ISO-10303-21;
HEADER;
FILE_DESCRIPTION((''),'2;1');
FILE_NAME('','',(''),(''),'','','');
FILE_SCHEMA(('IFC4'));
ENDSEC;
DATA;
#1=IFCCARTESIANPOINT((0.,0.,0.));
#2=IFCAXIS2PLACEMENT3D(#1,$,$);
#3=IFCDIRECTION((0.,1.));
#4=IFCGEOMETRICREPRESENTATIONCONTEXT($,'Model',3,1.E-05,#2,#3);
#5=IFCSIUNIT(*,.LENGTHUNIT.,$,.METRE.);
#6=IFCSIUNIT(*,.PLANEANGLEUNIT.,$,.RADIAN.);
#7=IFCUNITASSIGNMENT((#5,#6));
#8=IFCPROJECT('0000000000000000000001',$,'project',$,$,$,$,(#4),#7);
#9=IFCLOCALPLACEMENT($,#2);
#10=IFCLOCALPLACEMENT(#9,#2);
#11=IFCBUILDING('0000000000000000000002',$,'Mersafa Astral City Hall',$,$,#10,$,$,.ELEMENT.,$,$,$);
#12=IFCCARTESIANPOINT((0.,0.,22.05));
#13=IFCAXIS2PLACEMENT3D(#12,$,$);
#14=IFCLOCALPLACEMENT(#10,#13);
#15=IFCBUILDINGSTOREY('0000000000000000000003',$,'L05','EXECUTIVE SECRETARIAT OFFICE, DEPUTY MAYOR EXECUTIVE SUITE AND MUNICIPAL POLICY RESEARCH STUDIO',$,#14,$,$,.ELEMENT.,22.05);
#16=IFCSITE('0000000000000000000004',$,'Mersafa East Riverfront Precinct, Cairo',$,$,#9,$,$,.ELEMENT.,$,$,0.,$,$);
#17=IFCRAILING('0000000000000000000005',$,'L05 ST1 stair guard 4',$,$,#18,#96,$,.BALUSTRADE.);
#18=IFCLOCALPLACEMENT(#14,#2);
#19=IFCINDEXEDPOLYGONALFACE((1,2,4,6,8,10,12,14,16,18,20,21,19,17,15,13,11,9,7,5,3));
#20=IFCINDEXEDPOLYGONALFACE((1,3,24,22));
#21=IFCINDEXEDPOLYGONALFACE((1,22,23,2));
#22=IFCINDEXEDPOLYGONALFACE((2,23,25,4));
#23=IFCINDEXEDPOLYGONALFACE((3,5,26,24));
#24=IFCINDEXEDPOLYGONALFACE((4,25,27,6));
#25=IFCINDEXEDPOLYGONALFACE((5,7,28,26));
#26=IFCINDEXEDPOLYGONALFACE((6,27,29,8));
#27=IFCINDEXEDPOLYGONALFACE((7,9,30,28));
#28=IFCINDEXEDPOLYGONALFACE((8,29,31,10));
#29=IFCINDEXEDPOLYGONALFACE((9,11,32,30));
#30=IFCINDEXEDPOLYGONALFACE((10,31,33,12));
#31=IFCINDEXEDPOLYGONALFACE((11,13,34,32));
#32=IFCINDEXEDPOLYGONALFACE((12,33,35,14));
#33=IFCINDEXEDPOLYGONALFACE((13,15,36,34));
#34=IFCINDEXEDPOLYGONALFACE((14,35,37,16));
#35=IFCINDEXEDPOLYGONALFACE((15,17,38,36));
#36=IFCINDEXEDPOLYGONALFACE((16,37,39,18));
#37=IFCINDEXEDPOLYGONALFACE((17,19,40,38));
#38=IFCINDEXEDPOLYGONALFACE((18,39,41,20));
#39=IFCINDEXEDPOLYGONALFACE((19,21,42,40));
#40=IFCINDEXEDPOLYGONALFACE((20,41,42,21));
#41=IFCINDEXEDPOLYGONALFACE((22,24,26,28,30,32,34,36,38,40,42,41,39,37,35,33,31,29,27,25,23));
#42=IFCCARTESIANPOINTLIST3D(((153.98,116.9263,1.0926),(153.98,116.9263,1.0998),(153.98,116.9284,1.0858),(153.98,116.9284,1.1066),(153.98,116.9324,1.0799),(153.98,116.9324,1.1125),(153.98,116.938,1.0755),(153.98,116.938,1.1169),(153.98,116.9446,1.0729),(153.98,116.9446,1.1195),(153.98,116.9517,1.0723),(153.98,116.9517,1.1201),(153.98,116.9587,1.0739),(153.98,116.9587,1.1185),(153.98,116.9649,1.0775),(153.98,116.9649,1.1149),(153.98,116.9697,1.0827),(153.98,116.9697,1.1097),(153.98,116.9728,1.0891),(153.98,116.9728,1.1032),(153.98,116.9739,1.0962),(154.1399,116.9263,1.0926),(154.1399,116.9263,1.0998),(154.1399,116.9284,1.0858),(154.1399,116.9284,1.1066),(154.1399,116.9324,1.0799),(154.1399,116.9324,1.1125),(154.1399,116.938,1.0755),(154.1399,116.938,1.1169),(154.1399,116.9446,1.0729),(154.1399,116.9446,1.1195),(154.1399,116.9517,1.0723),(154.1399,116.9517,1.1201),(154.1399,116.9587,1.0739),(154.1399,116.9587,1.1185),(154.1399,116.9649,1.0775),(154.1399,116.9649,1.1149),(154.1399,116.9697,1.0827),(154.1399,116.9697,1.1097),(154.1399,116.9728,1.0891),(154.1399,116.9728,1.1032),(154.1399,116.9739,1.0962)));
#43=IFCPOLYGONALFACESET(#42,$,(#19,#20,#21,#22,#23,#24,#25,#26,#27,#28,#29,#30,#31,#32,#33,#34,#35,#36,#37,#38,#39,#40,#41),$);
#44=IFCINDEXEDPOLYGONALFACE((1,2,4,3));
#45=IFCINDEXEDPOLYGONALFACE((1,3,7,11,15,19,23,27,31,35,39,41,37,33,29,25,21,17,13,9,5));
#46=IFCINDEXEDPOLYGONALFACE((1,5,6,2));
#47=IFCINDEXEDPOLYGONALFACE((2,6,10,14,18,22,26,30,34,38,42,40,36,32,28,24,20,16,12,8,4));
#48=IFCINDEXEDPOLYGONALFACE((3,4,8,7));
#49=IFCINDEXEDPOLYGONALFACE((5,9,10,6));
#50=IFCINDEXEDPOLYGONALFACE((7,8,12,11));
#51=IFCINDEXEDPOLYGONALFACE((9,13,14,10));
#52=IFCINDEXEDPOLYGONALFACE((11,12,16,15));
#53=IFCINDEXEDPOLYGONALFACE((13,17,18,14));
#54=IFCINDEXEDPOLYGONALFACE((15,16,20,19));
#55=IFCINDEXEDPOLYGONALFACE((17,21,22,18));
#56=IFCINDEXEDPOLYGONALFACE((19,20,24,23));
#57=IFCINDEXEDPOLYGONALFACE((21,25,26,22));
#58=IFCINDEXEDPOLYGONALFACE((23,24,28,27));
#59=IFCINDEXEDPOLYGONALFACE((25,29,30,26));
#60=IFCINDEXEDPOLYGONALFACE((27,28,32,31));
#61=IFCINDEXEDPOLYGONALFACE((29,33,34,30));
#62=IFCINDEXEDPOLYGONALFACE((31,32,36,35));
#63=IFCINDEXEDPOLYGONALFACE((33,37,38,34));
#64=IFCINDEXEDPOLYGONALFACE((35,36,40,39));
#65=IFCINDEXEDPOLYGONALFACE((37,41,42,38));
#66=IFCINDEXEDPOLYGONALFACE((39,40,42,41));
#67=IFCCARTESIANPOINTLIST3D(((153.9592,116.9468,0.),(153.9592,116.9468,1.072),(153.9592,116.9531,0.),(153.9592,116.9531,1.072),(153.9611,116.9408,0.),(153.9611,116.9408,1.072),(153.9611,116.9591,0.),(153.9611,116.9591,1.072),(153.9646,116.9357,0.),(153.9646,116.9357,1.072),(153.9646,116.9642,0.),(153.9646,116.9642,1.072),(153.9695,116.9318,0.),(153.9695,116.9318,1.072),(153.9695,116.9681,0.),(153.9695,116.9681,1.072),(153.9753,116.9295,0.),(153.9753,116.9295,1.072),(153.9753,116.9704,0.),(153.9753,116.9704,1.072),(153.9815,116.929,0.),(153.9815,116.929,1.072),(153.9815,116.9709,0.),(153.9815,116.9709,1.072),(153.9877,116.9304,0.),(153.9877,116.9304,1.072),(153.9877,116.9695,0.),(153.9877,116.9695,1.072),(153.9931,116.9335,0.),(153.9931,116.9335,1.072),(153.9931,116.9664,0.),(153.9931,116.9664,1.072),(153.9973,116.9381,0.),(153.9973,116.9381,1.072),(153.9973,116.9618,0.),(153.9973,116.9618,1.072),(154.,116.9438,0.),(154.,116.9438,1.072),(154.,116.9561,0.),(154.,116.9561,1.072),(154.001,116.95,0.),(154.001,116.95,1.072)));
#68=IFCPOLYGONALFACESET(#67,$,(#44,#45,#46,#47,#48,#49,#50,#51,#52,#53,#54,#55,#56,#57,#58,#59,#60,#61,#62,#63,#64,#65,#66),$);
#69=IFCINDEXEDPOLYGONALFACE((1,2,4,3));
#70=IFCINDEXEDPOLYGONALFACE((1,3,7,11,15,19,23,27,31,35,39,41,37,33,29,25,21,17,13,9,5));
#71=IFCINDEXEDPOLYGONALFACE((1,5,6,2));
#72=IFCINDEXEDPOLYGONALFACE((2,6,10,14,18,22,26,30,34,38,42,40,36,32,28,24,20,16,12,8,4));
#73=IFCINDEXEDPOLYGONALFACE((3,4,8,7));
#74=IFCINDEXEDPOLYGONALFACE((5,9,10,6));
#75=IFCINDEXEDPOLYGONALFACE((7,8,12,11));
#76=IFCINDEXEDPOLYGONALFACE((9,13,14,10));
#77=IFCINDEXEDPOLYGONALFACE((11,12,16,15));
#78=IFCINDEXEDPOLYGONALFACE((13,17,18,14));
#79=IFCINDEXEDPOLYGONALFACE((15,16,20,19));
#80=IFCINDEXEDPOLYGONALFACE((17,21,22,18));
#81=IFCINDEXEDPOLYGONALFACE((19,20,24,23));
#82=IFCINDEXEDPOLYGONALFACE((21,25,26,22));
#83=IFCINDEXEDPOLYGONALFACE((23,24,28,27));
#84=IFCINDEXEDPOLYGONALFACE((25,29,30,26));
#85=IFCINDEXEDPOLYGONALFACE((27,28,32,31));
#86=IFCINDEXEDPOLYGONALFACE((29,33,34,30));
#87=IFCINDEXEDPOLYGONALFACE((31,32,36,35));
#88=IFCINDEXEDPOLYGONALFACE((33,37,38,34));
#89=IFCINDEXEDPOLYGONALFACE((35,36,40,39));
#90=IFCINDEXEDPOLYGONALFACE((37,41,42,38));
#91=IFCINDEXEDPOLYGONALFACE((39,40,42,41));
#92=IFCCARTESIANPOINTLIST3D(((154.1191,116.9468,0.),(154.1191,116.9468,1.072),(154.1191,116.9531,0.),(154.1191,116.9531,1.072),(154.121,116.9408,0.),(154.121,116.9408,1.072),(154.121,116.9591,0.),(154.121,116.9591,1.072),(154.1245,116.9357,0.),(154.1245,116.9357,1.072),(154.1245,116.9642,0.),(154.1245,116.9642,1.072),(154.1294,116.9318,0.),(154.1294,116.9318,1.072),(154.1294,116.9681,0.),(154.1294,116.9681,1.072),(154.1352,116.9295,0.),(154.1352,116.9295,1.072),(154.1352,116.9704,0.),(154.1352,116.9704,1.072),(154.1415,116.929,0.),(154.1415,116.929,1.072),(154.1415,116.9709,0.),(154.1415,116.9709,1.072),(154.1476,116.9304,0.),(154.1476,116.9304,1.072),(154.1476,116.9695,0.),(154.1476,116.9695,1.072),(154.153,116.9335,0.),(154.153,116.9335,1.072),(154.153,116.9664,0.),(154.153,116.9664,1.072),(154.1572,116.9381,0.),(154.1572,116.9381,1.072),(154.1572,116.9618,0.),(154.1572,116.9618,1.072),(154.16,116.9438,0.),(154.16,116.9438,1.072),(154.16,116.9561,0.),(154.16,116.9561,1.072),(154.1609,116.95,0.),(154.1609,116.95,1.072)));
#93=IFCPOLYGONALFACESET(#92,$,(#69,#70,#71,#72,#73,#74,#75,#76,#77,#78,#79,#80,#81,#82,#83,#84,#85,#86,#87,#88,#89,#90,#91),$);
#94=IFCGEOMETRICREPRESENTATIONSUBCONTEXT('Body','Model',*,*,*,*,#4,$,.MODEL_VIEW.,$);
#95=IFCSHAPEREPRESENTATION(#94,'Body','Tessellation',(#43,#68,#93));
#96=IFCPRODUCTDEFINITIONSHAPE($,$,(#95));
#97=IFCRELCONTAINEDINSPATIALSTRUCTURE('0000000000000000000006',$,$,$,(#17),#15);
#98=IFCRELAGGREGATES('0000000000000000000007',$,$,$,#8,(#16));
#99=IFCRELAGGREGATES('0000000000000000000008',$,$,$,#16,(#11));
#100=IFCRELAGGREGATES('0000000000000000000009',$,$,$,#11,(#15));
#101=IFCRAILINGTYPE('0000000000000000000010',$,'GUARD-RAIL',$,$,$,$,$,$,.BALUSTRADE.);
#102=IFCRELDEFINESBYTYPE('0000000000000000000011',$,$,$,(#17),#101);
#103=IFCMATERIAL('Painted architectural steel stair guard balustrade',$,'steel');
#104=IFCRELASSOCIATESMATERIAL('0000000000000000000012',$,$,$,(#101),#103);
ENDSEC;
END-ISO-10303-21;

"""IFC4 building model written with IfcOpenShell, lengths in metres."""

from ifc_helpers import new_model, si_unit, direction, frame, origin, origin_2d, place, context, subcontext, project, spatial, circle, extrude, material, type_object, element, save


model = new_model("IFC4")

# Units and contexts
model_context = context("Model", 3, precision=1e-05, world=origin(), true_north=direction((0.0, 1.0)))
body_context = subcontext(model_context, "Body", "Model", "MODEL_VIEW")
ifc_project = project(units=[si_unit("LENGTHUNIT", "METRE"), si_unit("PLANEANGLEUNIT", "RADIAN")], contexts=[model_context])

# Site, building, storey
site_placement = place(None, origin())
site = spatial("IfcSite", under=ifc_project, at=site_placement, Name="Mersafa East Riverfront Precinct, Cairo", CompositionType="ELEMENT", RefElevation=0.0)
building_placement = place(site_placement, origin())
building = spatial("IfcBuilding", under=site, at=building_placement, Name="Mersafa Astral City Hall", CompositionType="ELEMENT")
storey_placement = place(building_placement, frame((0.0, 0.0, 22.05)))
storey = spatial("IfcBuildingStorey", under=building, at=storey_placement, Name="L05", Description="EXECUTIVE SECRETARIAT OFFICE, DEPUTY MAYOR EXECUTIVE SUITE AND MUNICIPAL POLICY RESEARCH STUDIO", CompositionType="ELEMENT", Elevation=22.05)

# Railing
ifc_material_1 = material(Name="Painted architectural steel stair guard balustrade", Category="steel")
railing_type_1 = type_object("IfcRailingType", Name="GUARD-RAIL", PredefinedType="BALUSTRADE", material=ifc_material_1)
railing_1_placement = place(storey_placement, frame((153.98, 116.95, 0.0)))
element("IfcRailing", 1, at=railing_1_placement, inside=storey, type_object=railing_type_1, Name="L05 ST1 stair guard 4", PredefinedType="BALUSTRADE", context=body_context, shape_type="SweptSolid", body=[
    extrude(circle(Radius=0.0239, at=origin_2d()), frame((0.0, 0.0, 1.0962), z_axis=(1.0, 0.0, 0.0), x_axis=(0.0, 1.0, 0.0)), (0.0, 0.0, 1.0), 0.1599),
    extrude(circle(Radius=0.021, at=origin_2d()), origin(), (0.0, 0.0, 1.0), 1.072),
    extrude(circle(Radius=0.021, at=origin_2d()), frame((0.1599, 0.0, 0.0)), (0.0, 0.0, 1.0), 1.072),
])

save(model, "model.ifc")
